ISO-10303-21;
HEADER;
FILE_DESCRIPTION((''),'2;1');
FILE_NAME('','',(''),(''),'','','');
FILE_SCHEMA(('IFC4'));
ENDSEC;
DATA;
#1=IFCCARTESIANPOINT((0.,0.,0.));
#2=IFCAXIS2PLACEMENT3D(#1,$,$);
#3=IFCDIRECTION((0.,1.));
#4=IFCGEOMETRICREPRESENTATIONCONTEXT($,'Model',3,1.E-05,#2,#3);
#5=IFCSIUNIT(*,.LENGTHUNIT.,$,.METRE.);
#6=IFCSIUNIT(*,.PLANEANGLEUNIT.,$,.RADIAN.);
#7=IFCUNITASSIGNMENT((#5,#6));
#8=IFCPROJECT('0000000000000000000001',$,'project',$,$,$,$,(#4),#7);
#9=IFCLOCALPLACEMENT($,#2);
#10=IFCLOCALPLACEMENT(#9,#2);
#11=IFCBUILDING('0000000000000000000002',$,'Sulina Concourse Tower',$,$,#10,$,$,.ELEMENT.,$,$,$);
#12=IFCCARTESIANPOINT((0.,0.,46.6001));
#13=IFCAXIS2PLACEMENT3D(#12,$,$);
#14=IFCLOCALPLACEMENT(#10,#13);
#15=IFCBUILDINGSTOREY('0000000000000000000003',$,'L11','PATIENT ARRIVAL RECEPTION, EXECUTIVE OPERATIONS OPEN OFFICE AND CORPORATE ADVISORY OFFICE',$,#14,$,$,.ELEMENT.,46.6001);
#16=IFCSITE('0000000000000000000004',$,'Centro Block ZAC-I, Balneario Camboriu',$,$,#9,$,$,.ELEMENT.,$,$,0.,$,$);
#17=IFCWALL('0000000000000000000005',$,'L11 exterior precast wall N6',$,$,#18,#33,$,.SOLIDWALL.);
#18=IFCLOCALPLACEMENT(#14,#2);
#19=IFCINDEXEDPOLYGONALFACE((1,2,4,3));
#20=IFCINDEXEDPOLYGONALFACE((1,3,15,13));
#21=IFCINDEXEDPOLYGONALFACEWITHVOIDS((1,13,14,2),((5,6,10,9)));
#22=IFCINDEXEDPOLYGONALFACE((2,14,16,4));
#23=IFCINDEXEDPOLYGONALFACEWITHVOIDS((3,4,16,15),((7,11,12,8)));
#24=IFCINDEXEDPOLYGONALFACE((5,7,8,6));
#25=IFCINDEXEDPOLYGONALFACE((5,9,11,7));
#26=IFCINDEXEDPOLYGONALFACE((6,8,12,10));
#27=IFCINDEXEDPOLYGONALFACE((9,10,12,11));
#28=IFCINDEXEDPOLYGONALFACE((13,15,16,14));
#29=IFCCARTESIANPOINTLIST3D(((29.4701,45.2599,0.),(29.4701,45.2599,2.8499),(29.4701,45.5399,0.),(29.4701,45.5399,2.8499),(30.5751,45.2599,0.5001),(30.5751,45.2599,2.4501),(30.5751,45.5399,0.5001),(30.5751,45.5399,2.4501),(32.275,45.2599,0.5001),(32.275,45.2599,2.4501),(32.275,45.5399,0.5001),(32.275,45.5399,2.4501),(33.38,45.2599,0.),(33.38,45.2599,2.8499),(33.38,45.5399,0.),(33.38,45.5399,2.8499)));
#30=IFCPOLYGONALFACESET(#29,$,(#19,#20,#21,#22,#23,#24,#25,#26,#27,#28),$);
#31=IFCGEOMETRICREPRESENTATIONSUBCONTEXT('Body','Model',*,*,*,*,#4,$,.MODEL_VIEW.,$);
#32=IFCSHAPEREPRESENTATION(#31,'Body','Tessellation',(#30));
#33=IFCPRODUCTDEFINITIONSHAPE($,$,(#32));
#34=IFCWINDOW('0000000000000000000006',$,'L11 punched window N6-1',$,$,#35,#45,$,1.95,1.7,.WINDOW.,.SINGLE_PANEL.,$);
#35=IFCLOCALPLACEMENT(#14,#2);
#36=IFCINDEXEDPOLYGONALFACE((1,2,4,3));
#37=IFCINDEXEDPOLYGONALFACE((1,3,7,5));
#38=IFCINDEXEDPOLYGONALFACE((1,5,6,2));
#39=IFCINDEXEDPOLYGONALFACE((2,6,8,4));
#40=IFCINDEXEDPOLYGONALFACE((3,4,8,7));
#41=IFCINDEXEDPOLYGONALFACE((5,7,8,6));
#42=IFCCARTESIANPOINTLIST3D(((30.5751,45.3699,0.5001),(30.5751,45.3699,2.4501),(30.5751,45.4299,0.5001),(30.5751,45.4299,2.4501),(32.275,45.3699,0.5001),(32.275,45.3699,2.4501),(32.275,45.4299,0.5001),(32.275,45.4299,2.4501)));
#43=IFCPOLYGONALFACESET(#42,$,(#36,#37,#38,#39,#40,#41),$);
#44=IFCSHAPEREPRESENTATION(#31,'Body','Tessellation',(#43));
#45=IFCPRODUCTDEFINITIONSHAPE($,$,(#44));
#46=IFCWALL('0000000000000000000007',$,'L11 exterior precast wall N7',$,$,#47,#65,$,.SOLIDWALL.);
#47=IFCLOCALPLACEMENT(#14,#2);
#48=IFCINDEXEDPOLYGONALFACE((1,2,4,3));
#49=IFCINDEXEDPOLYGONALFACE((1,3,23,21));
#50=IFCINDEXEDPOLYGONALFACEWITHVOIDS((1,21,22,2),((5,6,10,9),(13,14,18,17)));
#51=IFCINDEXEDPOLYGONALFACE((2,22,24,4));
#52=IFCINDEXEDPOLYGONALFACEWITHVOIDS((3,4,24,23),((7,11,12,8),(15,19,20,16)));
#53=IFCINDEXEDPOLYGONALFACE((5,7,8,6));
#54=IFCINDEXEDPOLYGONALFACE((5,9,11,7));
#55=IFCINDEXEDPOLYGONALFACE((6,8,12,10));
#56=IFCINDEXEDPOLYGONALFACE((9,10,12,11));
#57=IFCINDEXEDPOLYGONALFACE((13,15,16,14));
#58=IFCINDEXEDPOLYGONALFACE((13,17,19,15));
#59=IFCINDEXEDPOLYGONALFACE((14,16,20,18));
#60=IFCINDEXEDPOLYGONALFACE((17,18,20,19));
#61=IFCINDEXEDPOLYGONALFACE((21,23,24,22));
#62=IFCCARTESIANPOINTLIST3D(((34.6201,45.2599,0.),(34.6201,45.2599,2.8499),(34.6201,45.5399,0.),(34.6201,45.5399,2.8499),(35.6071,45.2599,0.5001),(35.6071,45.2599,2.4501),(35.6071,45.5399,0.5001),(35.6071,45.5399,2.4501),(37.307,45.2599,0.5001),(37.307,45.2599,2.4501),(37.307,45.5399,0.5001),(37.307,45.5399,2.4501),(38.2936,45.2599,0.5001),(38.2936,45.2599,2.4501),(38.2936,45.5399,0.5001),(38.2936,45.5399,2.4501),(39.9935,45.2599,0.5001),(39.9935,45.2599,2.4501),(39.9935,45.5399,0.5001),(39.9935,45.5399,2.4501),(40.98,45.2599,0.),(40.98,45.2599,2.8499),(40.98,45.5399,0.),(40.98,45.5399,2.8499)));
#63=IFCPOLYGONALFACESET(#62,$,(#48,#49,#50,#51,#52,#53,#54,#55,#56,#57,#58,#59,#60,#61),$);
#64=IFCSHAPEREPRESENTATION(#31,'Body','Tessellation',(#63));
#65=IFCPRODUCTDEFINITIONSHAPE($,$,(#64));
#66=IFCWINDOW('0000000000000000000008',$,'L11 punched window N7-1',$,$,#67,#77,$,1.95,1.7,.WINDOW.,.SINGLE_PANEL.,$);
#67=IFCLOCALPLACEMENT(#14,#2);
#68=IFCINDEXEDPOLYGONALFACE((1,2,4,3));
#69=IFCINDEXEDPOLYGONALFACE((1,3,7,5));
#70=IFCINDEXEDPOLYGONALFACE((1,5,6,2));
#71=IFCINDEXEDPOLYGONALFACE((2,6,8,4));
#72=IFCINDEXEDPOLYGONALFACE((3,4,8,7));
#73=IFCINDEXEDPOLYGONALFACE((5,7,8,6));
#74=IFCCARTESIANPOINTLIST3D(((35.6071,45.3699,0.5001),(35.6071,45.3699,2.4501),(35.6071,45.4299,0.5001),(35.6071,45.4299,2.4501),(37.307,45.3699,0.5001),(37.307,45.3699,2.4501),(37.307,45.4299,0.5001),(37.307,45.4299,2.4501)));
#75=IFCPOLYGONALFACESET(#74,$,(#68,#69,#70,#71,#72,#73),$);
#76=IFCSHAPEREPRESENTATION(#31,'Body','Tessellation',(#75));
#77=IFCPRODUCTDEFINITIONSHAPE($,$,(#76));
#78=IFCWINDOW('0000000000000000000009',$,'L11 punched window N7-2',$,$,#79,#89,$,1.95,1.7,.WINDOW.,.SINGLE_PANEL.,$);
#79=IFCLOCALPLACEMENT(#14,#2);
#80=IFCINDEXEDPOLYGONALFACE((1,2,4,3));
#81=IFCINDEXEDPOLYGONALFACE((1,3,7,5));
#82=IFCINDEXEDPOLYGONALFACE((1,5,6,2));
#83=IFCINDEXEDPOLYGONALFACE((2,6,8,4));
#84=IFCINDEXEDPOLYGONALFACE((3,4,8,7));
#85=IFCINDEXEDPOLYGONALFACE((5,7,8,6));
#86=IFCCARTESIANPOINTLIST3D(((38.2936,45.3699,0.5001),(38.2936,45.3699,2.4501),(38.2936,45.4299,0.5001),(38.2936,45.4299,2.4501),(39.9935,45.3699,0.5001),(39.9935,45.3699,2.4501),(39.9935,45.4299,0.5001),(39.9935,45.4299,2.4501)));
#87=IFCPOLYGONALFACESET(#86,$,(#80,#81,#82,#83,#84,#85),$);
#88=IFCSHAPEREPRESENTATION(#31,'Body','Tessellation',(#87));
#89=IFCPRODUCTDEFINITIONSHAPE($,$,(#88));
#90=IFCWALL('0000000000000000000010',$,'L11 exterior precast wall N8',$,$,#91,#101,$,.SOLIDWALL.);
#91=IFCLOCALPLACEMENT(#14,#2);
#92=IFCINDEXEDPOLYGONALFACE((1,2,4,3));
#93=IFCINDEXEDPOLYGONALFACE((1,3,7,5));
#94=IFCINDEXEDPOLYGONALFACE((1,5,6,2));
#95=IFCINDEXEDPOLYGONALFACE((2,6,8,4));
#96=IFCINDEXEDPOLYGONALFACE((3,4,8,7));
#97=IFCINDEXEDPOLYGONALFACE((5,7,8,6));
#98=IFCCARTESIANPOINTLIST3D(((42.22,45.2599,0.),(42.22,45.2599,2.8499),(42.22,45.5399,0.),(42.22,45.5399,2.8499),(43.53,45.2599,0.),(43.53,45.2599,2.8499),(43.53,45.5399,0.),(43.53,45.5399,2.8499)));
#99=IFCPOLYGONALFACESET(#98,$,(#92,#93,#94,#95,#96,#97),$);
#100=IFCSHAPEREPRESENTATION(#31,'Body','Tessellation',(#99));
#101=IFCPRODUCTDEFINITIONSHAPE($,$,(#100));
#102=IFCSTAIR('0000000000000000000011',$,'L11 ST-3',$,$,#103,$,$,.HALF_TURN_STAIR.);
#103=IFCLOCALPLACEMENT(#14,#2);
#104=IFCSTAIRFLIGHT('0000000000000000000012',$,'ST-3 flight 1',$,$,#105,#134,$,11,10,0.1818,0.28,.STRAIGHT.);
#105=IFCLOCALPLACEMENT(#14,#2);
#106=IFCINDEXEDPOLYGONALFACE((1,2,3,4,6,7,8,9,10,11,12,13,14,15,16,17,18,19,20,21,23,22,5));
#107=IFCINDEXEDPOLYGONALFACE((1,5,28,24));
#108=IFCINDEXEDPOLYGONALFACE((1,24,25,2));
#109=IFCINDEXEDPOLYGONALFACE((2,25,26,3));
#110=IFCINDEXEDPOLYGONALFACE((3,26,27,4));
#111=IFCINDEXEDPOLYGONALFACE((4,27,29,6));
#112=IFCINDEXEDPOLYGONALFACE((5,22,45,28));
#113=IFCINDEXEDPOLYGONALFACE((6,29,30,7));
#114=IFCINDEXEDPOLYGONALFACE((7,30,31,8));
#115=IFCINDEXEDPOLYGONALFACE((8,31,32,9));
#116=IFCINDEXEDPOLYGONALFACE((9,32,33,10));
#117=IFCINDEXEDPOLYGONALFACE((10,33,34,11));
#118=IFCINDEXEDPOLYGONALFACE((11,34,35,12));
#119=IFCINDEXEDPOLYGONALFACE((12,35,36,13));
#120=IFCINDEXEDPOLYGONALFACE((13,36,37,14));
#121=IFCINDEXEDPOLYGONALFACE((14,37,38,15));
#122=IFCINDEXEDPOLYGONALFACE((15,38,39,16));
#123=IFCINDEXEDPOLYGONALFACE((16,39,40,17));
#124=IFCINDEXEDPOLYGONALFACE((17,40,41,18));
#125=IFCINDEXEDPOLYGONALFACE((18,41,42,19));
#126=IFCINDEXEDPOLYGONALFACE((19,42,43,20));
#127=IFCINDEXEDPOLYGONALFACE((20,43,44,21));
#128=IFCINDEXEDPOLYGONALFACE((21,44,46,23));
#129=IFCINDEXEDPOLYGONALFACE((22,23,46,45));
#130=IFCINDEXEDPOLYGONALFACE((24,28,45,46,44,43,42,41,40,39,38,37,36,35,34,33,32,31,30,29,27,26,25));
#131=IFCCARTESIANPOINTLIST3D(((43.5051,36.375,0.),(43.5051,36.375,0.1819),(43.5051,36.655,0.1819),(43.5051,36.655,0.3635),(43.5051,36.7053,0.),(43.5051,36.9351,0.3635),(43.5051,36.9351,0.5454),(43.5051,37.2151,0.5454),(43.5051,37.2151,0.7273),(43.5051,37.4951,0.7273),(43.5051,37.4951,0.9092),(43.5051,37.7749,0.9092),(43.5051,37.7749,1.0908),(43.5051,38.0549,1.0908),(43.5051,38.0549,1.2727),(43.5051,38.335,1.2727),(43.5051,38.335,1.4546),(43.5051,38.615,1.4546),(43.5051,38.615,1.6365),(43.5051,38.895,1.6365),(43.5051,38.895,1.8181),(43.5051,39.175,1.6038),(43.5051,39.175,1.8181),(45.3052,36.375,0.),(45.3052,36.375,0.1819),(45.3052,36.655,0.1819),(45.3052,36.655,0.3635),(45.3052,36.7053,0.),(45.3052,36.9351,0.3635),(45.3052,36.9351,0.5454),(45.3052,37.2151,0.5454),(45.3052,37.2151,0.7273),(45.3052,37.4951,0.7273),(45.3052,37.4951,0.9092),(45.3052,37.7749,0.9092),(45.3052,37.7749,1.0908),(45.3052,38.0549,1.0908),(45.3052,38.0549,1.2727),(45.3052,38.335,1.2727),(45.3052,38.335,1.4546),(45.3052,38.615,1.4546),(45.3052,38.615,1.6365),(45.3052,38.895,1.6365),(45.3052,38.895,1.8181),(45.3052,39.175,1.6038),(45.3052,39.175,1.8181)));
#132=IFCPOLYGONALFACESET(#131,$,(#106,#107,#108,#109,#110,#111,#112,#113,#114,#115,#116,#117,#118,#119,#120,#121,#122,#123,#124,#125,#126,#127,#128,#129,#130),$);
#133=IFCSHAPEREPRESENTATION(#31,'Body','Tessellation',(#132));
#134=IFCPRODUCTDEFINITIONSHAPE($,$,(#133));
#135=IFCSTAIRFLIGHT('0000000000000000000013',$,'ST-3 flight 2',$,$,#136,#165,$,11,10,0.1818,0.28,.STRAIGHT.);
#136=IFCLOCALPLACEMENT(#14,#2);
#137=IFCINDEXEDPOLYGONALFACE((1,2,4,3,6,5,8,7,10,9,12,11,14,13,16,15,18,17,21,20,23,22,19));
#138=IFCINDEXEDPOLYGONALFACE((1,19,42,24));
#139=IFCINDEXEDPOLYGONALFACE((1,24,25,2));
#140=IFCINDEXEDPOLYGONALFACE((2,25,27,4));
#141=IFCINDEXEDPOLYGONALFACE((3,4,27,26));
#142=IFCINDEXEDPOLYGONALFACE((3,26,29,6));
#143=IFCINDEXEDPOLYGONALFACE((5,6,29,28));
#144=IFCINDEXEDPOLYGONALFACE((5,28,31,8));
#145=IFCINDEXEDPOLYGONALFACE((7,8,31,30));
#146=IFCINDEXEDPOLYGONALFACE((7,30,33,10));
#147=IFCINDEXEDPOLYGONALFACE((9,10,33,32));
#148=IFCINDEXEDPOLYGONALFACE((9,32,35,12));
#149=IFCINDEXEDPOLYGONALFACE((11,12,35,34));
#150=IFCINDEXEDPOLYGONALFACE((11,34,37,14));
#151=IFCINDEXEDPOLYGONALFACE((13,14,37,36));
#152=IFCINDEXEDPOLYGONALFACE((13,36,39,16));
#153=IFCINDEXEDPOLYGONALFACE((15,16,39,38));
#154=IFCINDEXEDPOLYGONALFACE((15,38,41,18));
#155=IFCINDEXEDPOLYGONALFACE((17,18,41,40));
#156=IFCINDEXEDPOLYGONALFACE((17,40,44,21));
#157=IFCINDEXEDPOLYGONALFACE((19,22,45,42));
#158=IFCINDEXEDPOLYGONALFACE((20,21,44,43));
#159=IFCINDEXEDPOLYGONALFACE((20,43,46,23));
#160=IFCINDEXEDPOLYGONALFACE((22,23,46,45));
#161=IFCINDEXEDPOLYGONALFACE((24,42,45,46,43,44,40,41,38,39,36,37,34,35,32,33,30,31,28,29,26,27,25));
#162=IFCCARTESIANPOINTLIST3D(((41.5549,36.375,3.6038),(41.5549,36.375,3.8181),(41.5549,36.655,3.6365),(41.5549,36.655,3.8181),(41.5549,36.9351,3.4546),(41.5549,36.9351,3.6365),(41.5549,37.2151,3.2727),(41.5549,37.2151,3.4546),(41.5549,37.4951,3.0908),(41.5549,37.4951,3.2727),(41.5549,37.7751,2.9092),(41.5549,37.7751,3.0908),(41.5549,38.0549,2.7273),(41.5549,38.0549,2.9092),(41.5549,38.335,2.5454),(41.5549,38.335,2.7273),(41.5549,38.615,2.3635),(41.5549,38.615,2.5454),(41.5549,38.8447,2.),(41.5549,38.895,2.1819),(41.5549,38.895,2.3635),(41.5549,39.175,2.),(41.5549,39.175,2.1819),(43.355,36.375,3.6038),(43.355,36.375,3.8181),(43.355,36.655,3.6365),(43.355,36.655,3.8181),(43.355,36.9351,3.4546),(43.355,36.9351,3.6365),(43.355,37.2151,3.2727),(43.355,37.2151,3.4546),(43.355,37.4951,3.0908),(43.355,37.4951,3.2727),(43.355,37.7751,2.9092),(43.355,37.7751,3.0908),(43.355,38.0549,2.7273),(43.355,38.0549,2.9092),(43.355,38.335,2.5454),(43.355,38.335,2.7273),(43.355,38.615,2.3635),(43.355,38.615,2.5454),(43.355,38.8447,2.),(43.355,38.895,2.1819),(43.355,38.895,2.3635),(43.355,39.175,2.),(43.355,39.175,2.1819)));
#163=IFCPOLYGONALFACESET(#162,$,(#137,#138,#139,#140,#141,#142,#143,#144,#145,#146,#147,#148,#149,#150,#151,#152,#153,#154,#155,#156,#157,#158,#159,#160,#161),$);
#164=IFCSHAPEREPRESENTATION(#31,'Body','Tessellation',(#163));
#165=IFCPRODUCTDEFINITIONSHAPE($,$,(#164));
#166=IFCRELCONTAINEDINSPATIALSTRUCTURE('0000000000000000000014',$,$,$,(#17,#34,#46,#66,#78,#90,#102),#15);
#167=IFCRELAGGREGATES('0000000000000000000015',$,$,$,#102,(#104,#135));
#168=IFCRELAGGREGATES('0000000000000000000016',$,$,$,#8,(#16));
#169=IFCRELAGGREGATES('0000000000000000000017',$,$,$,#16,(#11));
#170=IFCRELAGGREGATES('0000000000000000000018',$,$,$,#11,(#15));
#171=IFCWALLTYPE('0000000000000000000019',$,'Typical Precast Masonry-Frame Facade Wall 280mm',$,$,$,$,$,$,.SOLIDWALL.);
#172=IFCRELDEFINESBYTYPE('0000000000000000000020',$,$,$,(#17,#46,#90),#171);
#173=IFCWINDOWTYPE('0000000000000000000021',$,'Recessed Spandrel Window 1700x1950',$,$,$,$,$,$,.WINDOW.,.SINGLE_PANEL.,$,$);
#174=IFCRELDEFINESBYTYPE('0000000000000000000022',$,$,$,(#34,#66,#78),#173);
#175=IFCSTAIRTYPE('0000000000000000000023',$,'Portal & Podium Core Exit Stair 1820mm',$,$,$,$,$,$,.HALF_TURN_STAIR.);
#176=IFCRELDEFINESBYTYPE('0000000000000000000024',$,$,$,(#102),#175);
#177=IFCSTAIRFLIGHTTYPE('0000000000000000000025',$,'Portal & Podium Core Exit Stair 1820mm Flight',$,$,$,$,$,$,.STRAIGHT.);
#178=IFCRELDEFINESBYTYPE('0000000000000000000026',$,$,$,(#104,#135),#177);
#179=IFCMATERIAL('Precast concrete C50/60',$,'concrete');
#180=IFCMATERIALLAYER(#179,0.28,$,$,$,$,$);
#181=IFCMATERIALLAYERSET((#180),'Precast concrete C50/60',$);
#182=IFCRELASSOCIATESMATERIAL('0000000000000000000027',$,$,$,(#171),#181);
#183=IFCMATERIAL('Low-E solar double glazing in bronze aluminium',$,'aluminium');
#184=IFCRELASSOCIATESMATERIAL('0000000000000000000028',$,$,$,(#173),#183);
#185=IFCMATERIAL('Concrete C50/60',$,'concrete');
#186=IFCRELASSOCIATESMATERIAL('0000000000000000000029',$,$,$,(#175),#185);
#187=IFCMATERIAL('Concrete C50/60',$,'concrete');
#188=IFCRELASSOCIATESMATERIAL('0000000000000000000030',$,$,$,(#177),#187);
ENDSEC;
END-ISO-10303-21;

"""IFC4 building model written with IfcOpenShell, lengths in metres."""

from ifc_helpers import new_model, si_unit, direction, frame, frame_2d, origin, place, context, subcontext, project, spatial, polyline, rectangle, outline, extrude, material, layer, layer_set, type_object, element, fill, aggregate, save


model = new_model("IFC4")

# Units and contexts
model_context = context("Model", 3, precision=1e-05, world=origin(), true_north=direction((0.0, 1.0)))
body_context = subcontext(model_context, "Body", "Model", "MODEL_VIEW")
ifc_project = project(units=[si_unit("LENGTHUNIT", "METRE"), si_unit("PLANEANGLEUNIT", "RADIAN")], contexts=[model_context])

# Site, building, storey
site_placement = place(None, origin())
site = spatial("IfcSite", under=ifc_project, at=site_placement, Name="Centro Block ZAC-I, Balneario Camboriu", CompositionType="ELEMENT", RefElevation=0.0)
building_placement = place(site_placement, origin())
building = spatial("IfcBuilding", under=site, at=building_placement, Name="Sulina Concourse Tower", CompositionType="ELEMENT")
storey_placement = place(building_placement, frame((0.0, 0.0, 46.6001)))
storey = spatial("IfcBuildingStorey", under=building, at=storey_placement, Name="L11", Description="PATIENT ARRIVAL RECEPTION, EXECUTIVE OPERATIONS OPEN OFFICE AND CORPORATE ADVISORY OFFICE", CompositionType="ELEMENT", Elevation=46.6001)

# Wall, opening, window
ifc_material_1 = material(Name="Precast concrete C50/60", Category="concrete")
ifc_layer_1 = layer(ifc_material_1, 0.28)
ifc_layer_set_1 = layer_set([ifc_layer_1], Name="Precast concrete C50/60")
wall_type_1 = type_object("IfcWallType", Name="Typical Precast Masonry-Frame Facade Wall 280mm", PredefinedType="SOLIDWALL", material=ifc_layer_set_1)
ifc_material_2 = material(Name="Low-E solar double glazing in bronze aluminium", Category="aluminium")
window_type = type_object("IfcWindowType", Name="Recessed Spandrel Window 1700x1950", PartitioningType="SINGLE_PANEL", PredefinedType="WINDOW", material=ifc_material_2)
wall_1_placement = place(storey_placement, frame((29.47, 45.3999, 0.0), z_axis=(0.0, 0.0, 1.0), x_axis=(1.0, 0.0, 0.0)))
wall_1 = element("IfcWall", 1, at=wall_1_placement, inside=storey, type_object=wall_type_1, Name="L11 exterior precast wall N6", PredefinedType="SOLIDWALL", context=body_context, shape_type="SweptSolid", body=[
    extrude(rectangle(XDim=3.9099, YDim=0.28, at=frame_2d((1.9551, 0.0))), origin(), (0.0, 0.0, 1.0), 2.8499),
])
opening_1_placement = place(wall_1_placement, frame((1.105, 0.0, 0.5)))
opening_1 = element("IfcOpeningElement", 2, at=opening_1_placement, cuts=wall_1, PredefinedType="OPENING", context=body_context, shape_type="SweptSolid", body=[
    extrude(rectangle(XDim=1.7, YDim=1.95, at=frame_2d((0.8501, 0.9751))), frame((0.0, 0.1499, 0.0), z_axis=(0.0, -1.0, 0.0), x_axis=(1.0, 0.0, 0.0)), (0.0, 0.0, 1.0), 0.3),
])
window_1_placement = place(opening_1_placement, origin())
window_1 = element("IfcWindow", 3, at=window_1_placement, inside=storey, type_object=window_type, Name="L11 punched window N6-1", OverallHeight=1.95, OverallWidth=1.7, PartitioningType="SINGLE_PANEL", PredefinedType="WINDOW", context=body_context, shape_type="SweptSolid", body=[
    extrude(rectangle(XDim=1.7, YDim=1.95, at=frame_2d((0.8501, 0.9751))), frame((0.0, 0.03, 0.0), z_axis=(0.0, -1.0, 0.0), x_axis=(1.0, 0.0, 0.0)), (0.0, 0.0, 1.0), 0.0601),
])
fill(opening_1, window_1)

# Wall, openings, windows
wall_2_placement = place(storey_placement, frame((34.6201, 45.3999, 0.0), z_axis=(0.0, 0.0, 1.0), x_axis=(1.0, 0.0, 0.0)))
wall_2 = element("IfcWall", 4, at=wall_2_placement, inside=storey, type_object=wall_type_1, Name="L11 exterior precast wall N7", PredefinedType="SOLIDWALL", context=body_context, shape_type="SweptSolid", body=[
    extrude(rectangle(XDim=6.3599, YDim=0.28, at=frame_2d((3.1799, 0.0))), origin(), (0.0, 0.0, 1.0), 2.8499),
])
opening_2_placement = place(wall_2_placement, frame((0.9868, 0.0, 0.5)))
opening_2 = element("IfcOpeningElement", 5, at=opening_2_placement, cuts=wall_2, PredefinedType="OPENING", context=body_context, shape_type="SweptSolid", body=[
    extrude(rectangle(XDim=1.7, YDim=1.95, at=frame_2d((0.8501, 0.9751))), frame((0.0, 0.1499, 0.0), z_axis=(0.0, -1.0, 0.0), x_axis=(1.0, 0.0, 0.0)), (0.0, 0.0, 1.0), 0.3),
])
opening_3_placement = place(wall_2_placement, frame((3.6733, 0.0, 0.5)))
opening_3 = element("IfcOpeningElement", 6, at=opening_3_placement, cuts=wall_2, PredefinedType="OPENING", context=body_context, shape_type="SweptSolid", body=[
    extrude(rectangle(XDim=1.7, YDim=1.95, at=frame_2d((0.8501, 0.9751))), frame((0.0, 0.1499, 0.0), z_axis=(0.0, -1.0, 0.0), x_axis=(1.0, 0.0, 0.0)), (0.0, 0.0, 1.0), 0.3),
])
window_2_placement = place(opening_2_placement, origin())
window_2 = element("IfcWindow", 7, at=window_2_placement, inside=storey, type_object=window_type, Name="L11 punched window N7-1", OverallHeight=1.95, OverallWidth=1.7, PartitioningType="SINGLE_PANEL", PredefinedType="WINDOW", context=body_context, shape_type="SweptSolid", body=[
    extrude(rectangle(XDim=1.7, YDim=1.95, at=frame_2d((0.8501, 0.9751))), frame((0.0, 0.03, 0.0), z_axis=(0.0, -1.0, 0.0), x_axis=(1.0, 0.0, 0.0)), (0.0, 0.0, 1.0), 0.0601),
])
fill(opening_2, window_2)
window_3_placement = place(opening_3_placement, origin())
window_3 = element("IfcWindow", 8, at=window_3_placement, inside=storey, type_object=window_type, Name="L11 punched window N7-2", OverallHeight=1.95, OverallWidth=1.7, PartitioningType="SINGLE_PANEL", PredefinedType="WINDOW", context=body_context, shape_type="SweptSolid", body=[
    extrude(rectangle(XDim=1.7, YDim=1.95, at=frame_2d((0.8501, 0.9751))), frame((0.0, 0.03, 0.0), z_axis=(0.0, -1.0, 0.0), x_axis=(1.0, 0.0, 0.0)), (0.0, 0.0, 1.0), 0.0601),
])
fill(opening_3, window_3)

# Wall
wall_3_placement = place(storey_placement, frame((42.22, 45.3999, 0.0), z_axis=(0.0, 0.0, 1.0), x_axis=(1.0, 0.0, 0.0)))
element("IfcWall", 9, at=wall_3_placement, inside=storey, type_object=wall_type_1, Name="L11 exterior precast wall N8", PredefinedType="SOLIDWALL", context=body_context, shape_type="SweptSolid", body=[
    extrude(rectangle(XDim=1.3101, YDim=0.28, at=frame_2d((0.655, 0.0))), origin(), (0.0, 0.0, 1.0), 2.8499),
])

# Stair, stair flights
ifc_material_3 = material(Name="Concrete C50/60", Category="concrete")
stair_type = type_object("IfcStairType", Name="Portal & Podium Core Exit Stair 1820mm", PredefinedType="HALF_TURN_STAIR", material=ifc_material_3)
stair_placement = place(storey_placement, origin())
stair = element("IfcStair", 10, at=stair_placement, inside=storey, type_object=stair_type, Name="L11 ST-3", PredefinedType="HALF_TURN_STAIR")
ifc_material_4 = material(Name="Concrete C50/60", Category="concrete")
stair_flight_type = type_object("IfcStairFlightType", Name="Portal & Podium Core Exit Stair 1820mm Flight", PredefinedType="STRAIGHT", material=ifc_material_4)
stair_flight_1_placement = place(storey_placement, frame((44.405, 36.375, 0.0), z_axis=(0.0, 0.0, 1.0), x_axis=(0.0, 1.0, 0.0)))
stair_flight_1 = element("IfcStairFlight", 11, at=stair_flight_1_placement, type_object=stair_flight_type, Name="ST-3 flight 1", NumberOfRisers=11, NumberOfTreads=10, PredefinedType="STRAIGHT", RiserHeight=0.1818, TreadLength=0.28, context=body_context, shape_type="SweptSolid", body=[
    extrude(outline(polyline([(0.0, 0.0), (0.0, 0.1819), (0.28, 0.1819), (0.28, 0.3635), (0.5601, 0.3635), (0.5601, 0.5454), (0.8401, 0.5454), (0.8401, 0.7273), (1.1201, 0.7273), (1.1201, 0.9092), (1.3999, 0.9092), (1.3999, 1.0908), (1.6799, 1.0908), (1.6799, 1.2727), (1.96, 1.2727), (1.96, 1.4546), (2.24, 1.4546), (2.24, 1.6365), (2.52, 1.6365), (2.52, 1.8181), (2.8, 1.8181), (2.8, 2.0), (2.8, 1.6038), (0.3303, 0.0), (0.0, 0.0)])), frame((0.0, 0.8999, 0.0), z_axis=(0.0, -1.0, 0.0), x_axis=(1.0, 0.0, 0.0)), (0.0, 0.0, 1.0), 1.8),
])
stair_flight_2_placement = place(storey_placement, frame((42.4551, 39.175, 2.0), z_axis=(0.0, 0.0, 1.0), x_axis=(0.0, -1.0, 0.0)))
stair_flight_2 = element("IfcStairFlight", 12, at=stair_flight_2_placement, type_object=stair_flight_type, Name="ST-3 flight 2", NumberOfRisers=11, NumberOfTreads=10, PredefinedType="STRAIGHT", RiserHeight=0.1818, TreadLength=0.28, context=body_context, shape_type="SweptSolid", body=[
    extrude(outline(polyline([(0.0, 0.0), (0.0, 0.1819), (0.28, 0.1819), (0.28, 0.3635), (0.5601, 0.3635), (0.5601, 0.5454), (0.8401, 0.5454), (0.8401, 0.7273), (1.1201, 0.7273), (1.1201, 0.9092), (1.3999, 0.9092), (1.3999, 1.0908), (1.6799, 1.0908), (1.6799, 1.2727), (1.96, 1.2727), (1.96, 1.4546), (2.24, 1.4546), (2.24, 1.6365), (2.52, 1.6365), (2.52, 1.8181), (2.8, 1.8181), (2.8, 2.0), (2.8, 1.6038), (0.3303, 0.0), (0.0, 0.0)])), frame((0.0, 0.8999, 0.0), z_axis=(0.0, -1.0, 0.0), x_axis=(1.0, 0.0, 0.0)), (0.0, 0.0, 1.0), 1.8),
])
aggregate(stair, [stair_flight_1, stair_flight_2])

save(model, "model.ifc")
